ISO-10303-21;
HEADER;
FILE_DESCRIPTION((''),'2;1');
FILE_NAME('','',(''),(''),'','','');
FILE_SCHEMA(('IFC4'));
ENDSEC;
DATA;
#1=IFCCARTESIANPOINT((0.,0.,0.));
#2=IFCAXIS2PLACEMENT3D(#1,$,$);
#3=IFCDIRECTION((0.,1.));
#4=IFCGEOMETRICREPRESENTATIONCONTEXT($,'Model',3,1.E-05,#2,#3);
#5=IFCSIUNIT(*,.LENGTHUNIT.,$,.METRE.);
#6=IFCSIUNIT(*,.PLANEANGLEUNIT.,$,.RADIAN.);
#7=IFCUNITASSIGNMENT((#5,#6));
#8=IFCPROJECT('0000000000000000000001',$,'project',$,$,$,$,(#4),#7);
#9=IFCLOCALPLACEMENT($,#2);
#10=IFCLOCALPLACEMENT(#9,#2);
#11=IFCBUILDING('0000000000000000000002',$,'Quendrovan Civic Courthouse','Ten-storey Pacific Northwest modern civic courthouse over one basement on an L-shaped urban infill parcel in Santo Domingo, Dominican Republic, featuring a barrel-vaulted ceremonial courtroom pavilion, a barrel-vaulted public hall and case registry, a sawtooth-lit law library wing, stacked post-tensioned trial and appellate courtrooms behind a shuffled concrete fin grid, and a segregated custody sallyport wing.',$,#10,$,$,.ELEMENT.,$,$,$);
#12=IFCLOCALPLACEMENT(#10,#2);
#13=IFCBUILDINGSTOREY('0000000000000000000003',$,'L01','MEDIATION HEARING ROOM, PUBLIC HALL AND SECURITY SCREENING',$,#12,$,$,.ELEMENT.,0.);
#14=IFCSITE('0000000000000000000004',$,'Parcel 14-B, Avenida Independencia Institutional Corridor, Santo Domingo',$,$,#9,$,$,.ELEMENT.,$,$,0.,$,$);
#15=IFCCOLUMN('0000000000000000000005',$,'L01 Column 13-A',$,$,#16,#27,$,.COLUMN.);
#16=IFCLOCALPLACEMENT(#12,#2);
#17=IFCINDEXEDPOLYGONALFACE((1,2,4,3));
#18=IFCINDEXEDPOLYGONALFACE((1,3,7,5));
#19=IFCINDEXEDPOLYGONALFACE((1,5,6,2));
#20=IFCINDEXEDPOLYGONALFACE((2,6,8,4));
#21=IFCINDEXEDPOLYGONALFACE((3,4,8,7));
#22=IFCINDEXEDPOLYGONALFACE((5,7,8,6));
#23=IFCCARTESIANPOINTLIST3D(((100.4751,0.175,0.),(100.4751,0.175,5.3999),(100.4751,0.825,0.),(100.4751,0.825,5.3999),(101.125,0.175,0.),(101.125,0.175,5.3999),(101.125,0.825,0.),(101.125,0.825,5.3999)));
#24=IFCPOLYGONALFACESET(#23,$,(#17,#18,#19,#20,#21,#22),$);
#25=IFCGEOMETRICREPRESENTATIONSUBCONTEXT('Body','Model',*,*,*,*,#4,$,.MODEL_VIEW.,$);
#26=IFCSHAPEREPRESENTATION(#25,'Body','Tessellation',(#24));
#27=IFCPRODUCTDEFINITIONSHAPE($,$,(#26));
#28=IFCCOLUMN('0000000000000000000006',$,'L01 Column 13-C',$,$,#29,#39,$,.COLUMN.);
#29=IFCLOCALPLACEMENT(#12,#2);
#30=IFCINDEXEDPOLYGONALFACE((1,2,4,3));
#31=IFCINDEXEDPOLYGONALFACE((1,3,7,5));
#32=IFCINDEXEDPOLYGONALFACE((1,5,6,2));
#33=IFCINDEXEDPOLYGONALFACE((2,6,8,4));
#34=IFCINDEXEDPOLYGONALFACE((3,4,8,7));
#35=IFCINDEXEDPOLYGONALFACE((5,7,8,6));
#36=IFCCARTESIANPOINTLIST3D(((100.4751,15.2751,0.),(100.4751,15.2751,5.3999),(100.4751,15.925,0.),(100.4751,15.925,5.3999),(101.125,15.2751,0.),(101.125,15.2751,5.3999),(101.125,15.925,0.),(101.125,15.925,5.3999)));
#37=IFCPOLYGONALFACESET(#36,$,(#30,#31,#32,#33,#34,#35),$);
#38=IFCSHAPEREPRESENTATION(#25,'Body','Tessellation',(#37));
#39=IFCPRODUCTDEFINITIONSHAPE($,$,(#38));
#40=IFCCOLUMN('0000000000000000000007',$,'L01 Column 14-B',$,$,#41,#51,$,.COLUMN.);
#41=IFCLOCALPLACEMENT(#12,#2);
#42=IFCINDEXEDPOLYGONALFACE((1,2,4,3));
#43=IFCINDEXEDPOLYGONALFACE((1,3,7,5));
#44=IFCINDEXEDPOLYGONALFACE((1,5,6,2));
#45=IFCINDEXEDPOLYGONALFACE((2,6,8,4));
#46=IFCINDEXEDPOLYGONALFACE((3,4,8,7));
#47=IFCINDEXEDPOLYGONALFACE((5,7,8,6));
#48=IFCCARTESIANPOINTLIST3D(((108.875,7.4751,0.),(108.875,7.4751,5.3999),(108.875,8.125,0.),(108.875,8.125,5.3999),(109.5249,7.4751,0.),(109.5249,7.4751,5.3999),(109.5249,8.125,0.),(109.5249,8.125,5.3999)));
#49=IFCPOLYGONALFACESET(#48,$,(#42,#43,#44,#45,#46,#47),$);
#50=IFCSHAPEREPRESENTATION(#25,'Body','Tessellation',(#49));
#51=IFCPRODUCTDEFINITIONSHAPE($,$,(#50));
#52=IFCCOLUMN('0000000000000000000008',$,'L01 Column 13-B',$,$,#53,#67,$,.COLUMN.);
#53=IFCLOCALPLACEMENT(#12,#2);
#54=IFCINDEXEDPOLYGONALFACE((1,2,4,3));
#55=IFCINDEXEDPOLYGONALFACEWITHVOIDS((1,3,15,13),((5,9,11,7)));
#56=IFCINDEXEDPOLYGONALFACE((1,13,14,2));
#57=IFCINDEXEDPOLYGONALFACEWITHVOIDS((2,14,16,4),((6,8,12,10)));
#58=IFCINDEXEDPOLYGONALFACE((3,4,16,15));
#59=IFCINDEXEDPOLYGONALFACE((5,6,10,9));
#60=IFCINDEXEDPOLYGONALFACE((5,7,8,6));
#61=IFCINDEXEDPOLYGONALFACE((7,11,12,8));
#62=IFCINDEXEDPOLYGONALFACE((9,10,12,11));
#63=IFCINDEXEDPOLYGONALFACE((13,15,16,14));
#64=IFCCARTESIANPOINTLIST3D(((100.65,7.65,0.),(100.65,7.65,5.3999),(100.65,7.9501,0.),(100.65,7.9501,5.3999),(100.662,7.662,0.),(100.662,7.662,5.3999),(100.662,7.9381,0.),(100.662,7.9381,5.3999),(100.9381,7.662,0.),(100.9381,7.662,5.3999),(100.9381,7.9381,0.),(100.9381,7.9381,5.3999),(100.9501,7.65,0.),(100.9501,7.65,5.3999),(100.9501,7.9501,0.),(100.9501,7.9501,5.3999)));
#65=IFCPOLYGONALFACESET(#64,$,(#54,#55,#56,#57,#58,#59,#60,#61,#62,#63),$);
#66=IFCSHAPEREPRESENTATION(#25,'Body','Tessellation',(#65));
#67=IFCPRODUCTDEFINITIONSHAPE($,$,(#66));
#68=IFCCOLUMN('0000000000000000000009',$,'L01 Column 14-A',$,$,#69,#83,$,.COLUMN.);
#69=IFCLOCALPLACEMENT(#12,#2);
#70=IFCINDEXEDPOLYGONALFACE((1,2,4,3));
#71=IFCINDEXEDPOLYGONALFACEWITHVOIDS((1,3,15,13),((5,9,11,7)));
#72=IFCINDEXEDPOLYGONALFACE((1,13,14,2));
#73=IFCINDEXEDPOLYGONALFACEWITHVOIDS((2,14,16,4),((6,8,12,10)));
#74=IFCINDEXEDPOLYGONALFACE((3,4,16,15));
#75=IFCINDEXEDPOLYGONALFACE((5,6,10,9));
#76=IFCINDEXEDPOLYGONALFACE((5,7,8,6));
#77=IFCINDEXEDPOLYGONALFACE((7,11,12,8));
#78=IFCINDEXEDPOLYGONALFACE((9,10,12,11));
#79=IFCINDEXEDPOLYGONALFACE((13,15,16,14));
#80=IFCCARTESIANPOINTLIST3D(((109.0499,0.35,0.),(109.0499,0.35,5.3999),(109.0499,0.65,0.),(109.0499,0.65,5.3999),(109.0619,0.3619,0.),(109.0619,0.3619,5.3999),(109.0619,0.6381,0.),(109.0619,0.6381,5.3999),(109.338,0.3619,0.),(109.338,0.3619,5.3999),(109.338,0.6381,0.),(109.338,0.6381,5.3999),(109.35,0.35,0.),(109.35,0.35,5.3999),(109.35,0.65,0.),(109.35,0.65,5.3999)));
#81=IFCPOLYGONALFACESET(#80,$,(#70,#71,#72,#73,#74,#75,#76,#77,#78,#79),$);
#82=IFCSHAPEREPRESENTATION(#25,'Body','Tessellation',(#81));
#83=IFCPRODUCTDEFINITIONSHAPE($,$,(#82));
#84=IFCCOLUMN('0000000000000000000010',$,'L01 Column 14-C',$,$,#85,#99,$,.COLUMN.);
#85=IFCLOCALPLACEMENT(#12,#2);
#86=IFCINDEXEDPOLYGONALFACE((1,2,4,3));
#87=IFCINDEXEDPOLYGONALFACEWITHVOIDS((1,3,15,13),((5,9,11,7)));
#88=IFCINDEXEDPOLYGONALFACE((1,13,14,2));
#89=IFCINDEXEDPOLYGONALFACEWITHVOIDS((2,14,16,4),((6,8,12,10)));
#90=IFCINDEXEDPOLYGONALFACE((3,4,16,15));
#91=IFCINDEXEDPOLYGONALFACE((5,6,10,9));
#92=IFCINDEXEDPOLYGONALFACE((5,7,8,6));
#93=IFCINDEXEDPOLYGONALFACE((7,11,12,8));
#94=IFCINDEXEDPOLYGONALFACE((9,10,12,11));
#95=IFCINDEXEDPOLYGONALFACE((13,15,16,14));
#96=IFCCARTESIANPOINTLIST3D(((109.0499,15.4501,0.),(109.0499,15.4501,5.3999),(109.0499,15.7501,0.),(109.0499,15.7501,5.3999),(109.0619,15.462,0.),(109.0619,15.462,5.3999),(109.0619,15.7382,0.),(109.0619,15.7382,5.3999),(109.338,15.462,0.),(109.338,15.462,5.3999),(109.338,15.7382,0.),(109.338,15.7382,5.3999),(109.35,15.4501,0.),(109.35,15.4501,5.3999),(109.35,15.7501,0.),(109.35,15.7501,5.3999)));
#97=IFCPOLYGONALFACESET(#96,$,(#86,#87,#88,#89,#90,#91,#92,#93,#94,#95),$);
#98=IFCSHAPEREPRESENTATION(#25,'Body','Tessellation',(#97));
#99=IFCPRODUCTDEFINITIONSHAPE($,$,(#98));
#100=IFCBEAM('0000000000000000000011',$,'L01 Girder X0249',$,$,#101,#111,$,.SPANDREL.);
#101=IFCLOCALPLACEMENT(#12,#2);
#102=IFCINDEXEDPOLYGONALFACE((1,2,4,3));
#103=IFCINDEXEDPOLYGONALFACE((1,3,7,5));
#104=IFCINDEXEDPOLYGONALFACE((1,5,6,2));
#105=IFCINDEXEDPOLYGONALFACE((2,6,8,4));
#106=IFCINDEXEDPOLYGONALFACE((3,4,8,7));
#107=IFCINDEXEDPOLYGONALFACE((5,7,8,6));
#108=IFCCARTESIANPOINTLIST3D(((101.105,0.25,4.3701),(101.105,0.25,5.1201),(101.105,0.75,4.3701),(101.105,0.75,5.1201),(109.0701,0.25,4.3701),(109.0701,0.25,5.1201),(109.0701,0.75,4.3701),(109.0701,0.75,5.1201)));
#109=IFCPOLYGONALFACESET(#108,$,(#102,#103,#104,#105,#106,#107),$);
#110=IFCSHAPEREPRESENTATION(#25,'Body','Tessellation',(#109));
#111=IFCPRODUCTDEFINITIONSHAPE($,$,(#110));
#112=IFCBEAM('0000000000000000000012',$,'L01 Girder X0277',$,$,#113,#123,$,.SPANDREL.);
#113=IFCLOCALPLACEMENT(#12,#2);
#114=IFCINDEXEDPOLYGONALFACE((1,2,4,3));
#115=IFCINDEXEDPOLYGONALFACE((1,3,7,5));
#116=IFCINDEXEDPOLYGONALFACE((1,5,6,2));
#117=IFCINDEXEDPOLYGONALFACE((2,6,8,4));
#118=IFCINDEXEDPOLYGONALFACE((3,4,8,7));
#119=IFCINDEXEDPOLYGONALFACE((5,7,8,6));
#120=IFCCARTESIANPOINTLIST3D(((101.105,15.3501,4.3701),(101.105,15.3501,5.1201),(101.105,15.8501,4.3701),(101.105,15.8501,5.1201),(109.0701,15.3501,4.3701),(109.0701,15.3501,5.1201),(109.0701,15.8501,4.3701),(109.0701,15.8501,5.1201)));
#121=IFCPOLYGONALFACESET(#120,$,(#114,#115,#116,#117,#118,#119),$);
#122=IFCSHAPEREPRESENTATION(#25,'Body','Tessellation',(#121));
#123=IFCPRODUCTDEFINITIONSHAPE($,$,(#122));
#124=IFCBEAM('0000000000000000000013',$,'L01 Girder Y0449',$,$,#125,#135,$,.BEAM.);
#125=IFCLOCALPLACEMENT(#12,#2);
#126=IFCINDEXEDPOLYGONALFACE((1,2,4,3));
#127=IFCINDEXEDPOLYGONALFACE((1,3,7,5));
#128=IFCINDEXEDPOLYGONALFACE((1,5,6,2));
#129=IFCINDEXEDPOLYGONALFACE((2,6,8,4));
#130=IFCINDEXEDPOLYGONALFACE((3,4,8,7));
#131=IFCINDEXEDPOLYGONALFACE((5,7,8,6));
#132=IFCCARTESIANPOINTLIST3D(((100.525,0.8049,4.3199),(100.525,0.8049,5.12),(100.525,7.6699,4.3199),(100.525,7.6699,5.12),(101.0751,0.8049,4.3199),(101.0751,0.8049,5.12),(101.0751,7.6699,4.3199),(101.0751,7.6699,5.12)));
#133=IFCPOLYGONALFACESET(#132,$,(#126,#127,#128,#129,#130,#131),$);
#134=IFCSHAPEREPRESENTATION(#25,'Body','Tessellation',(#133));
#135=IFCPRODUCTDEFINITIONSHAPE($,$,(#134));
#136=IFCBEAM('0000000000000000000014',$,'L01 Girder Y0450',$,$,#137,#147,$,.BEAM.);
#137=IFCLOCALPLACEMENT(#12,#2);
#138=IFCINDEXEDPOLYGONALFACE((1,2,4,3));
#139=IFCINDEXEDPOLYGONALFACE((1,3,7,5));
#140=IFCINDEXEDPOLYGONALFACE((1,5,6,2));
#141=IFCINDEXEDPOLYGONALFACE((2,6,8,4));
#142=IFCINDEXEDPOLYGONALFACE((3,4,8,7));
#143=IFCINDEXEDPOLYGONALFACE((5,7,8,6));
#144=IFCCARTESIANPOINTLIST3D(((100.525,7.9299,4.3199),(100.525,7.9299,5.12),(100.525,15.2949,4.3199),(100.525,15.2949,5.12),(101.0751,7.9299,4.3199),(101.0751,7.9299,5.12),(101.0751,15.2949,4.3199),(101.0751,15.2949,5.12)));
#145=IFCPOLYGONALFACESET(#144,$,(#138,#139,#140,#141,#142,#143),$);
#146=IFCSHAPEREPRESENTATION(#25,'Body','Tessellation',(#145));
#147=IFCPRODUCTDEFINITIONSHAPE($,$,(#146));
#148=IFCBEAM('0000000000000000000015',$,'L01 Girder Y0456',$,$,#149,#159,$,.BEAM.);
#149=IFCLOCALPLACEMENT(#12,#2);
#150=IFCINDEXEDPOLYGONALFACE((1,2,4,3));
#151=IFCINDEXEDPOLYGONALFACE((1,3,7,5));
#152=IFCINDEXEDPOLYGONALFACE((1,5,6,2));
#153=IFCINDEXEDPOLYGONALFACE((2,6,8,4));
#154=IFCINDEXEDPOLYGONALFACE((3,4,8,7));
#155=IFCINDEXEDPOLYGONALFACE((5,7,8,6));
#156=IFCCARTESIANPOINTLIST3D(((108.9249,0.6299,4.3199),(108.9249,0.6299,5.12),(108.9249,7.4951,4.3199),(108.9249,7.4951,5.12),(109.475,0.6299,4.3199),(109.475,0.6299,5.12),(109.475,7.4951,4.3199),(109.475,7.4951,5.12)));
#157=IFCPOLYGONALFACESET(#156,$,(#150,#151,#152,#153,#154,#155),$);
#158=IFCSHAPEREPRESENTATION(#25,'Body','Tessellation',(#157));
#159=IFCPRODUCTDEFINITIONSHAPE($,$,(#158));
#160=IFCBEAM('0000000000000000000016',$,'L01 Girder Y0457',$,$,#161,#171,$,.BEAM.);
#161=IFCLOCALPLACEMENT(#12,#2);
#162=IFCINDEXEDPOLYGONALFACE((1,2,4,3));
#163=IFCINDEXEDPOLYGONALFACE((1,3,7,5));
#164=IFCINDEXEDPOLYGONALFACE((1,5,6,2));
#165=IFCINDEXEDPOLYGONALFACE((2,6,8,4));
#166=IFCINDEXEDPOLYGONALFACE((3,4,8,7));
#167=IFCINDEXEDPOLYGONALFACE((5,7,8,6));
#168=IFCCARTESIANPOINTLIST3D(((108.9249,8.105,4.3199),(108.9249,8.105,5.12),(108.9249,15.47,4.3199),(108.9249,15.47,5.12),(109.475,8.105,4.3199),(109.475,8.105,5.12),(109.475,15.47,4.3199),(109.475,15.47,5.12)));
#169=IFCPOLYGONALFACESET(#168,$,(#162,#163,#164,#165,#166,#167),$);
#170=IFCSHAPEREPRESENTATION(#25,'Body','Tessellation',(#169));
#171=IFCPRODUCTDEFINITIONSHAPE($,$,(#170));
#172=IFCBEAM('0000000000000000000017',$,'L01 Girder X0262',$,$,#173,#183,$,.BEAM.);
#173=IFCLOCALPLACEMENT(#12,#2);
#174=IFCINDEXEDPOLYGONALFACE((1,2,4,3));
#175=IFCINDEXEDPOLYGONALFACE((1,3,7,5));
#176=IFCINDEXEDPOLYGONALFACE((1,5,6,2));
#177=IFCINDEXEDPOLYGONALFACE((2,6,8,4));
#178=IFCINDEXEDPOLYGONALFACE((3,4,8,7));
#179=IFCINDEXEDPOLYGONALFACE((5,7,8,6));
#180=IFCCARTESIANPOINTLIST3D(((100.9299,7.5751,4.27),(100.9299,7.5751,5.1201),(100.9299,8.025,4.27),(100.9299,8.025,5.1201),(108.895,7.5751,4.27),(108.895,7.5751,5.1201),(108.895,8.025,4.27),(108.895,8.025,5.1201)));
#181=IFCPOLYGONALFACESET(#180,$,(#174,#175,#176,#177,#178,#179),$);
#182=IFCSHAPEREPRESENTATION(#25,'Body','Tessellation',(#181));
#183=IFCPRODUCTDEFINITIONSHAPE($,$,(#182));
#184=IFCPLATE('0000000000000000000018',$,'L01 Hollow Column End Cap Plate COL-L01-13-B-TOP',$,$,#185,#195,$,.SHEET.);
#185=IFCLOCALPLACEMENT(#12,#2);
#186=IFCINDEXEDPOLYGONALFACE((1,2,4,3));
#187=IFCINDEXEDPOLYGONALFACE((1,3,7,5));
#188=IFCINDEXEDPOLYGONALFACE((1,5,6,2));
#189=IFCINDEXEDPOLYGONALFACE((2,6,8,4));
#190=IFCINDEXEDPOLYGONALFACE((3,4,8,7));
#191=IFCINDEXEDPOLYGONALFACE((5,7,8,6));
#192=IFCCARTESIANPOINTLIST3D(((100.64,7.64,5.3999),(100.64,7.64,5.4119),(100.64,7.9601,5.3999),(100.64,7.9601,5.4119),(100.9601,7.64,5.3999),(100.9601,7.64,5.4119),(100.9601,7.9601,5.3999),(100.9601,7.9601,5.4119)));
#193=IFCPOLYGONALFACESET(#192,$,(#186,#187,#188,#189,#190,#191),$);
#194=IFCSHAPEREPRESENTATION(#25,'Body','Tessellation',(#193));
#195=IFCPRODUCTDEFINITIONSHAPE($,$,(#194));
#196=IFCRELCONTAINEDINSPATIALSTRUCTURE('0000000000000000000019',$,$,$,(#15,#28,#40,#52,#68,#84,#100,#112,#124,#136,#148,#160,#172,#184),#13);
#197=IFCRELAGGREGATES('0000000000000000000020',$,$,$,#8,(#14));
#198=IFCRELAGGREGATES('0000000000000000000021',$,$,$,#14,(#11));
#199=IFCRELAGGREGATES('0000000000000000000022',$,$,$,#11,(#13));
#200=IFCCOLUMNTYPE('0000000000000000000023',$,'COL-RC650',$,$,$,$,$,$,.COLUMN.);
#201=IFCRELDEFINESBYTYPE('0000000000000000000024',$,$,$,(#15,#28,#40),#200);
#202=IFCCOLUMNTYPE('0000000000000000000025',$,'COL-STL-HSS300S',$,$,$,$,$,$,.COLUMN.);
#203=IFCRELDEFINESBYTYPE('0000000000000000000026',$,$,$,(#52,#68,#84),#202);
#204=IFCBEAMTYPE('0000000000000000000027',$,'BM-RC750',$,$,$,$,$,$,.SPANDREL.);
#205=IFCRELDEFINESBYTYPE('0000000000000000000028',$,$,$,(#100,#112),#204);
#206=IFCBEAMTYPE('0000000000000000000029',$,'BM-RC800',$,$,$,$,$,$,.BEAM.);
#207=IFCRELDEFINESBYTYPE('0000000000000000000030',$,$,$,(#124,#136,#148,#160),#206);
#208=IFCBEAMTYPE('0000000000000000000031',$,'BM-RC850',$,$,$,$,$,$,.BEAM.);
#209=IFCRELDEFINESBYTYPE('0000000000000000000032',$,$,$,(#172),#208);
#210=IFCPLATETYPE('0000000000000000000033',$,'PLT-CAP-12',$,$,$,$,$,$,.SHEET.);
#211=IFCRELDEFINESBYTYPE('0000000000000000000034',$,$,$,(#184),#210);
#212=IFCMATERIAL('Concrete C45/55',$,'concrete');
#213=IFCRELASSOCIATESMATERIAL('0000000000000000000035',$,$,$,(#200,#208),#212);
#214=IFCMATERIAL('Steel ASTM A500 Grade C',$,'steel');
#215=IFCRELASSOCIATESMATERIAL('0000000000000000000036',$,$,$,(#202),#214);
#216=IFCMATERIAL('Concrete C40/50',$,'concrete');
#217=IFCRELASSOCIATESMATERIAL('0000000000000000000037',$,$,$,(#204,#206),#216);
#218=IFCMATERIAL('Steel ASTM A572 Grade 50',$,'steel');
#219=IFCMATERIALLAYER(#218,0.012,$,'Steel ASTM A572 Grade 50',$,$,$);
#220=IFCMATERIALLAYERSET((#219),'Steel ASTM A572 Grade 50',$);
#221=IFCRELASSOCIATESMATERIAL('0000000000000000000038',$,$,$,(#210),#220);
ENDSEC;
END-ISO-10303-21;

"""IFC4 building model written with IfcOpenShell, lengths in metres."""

from ifc_helpers import new_model, si_unit, direction, frame, origin, origin_2d, place, context, subcontext, project, spatial, rectangle, hollow_rectangle, extrude, material, layer, layer_set, material_profile, profile_set, type_object, element, save


model = new_model("IFC4")

# Units and contexts
model_context = context("Model", 3, precision=1e-05, world=origin(), true_north=direction((0.0, 1.0)))
body_context = subcontext(model_context, "Body", "Model", "MODEL_VIEW")
ifc_project = project(units=[si_unit("LENGTHUNIT", "METRE"), si_unit("PLANEANGLEUNIT", "RADIAN")], contexts=[model_context])

# Site, building, storey
site_placement = place(None, origin())
site = spatial("IfcSite", under=ifc_project, at=site_placement, Name="Parcel 14-B, Avenida Independencia Institutional Corridor, Santo Domingo", CompositionType="ELEMENT", RefElevation=0.0)
building_placement = place(site_placement, origin())
building = spatial("IfcBuilding", under=site, at=building_placement, Name="Quendrovan Civic Courthouse", Description="Ten-storey Pacific Northwest modern civic courthouse over one basement on an L-shaped urban infill parcel in Santo Domingo, Dominican Republic, featuring a barrel-vaulted ceremonial courtroom pavilion, a barrel-vaulted public hall and case registry, a sawtooth-lit law library wing, stacked post-tensioned trial and appellate courtrooms behind a shuffled concrete fin grid, and a segregated custody sallyport wing.", CompositionType="ELEMENT")
storey_placement = place(building_placement, origin())
storey = spatial("IfcBuildingStorey", under=building, at=storey_placement, Name="L01", Description="MEDIATION HEARING ROOM, PUBLIC HALL AND SECURITY SCREENING", CompositionType="ELEMENT", Elevation=0.0)

# Columns
ifc_material_1 = material(Name="Concrete C45/55", Category="concrete")
ifc_material_profile_1 = material_profile(ifc_material_1, rectangle(XDim=0.6499, YDim=0.6499, at=origin_2d()), Name="RC-COL-650x650")
ifc_profile_set_1 = profile_set([ifc_material_profile_1], Name="Concrete C45/55")
column_type_1 = type_object("IfcColumnType", Name="COL-RC650", PredefinedType="COLUMN", material=ifc_profile_set_1)
for number, where, z_axis, x_axis, name in (
    (1, (100.8, 0.5, 0.0), (0.0, 0.0, 1.0), (1.0, 0.0, 0.0), "L01 Column 13-A"),
    (2, (100.8, 15.6001, 0.0), (0.0, 0.0, 1.0), (1.0, 0.0, 0.0), "L01 Column 13-C"),
    (3, (109.2, 7.8, 0.0), (0.0, 0.0, 1.0), (1.0, 0.0, 0.0), "L01 Column 14-B"),
):
    element("IfcColumn", number, at=place(storey_placement, frame(where, z_axis=z_axis, x_axis=x_axis)), inside=storey, type_object=column_type_1, Name=name, PredefinedType="COLUMN", context=body_context, shape_type="SweptSolid", body=[
        extrude(rectangle(XDim=0.6499, YDim=0.6499, at=origin_2d()), origin(), (0.0, 0.0, 1.0), 5.3999),
    ])
ifc_material_2 = material(Name="Steel ASTM A500 Grade C", Category="steel")
ifc_material_profile_2 = material_profile(ifc_material_2, hollow_rectangle(XDim=0.3, YDim=0.3, WallThickness=0.012, at=origin_2d()), Name="HSS300x300x12")
ifc_profile_set_2 = profile_set([ifc_material_profile_2], Name="Steel ASTM A500 Grade C")
column_type_2 = type_object("IfcColumnType", Name="COL-STL-HSS300S", PredefinedType="COLUMN", material=ifc_profile_set_2)
for number, where, z_axis, x_axis, name in (
    (4, (100.8, 7.8, 0.0), (0.0, 0.0, 1.0), (1.0, 0.0, 0.0), "L01 Column 13-B"),
    (5, (109.2, 0.5, 0.0), (0.0, 0.0, 1.0), (1.0, 0.0, 0.0), "L01 Column 14-A"),
    (6, (109.2, 15.6001, 0.0), (0.0, 0.0, 1.0), (1.0, 0.0, 0.0), "L01 Column 14-C"),
):
    element("IfcColumn", number, at=place(storey_placement, frame(where, z_axis=z_axis, x_axis=x_axis)), inside=storey, type_object=column_type_2, Name=name, PredefinedType="COLUMN", context=body_context, shape_type="SweptSolid", body=[
        extrude(hollow_rectangle(XDim=0.3, YDim=0.3, WallThickness=0.012, at=origin_2d()), origin(), (0.0, 0.0, 1.0), 5.3999),
    ])

# Beams
ifc_material_3 = material(Name="Concrete C40/50", Category="concrete")
ifc_material_profile_3 = material_profile(ifc_material_3, rectangle(XDim=0.5, YDim=0.75, at=origin_2d()), Name="RC-BM-500x750")
ifc_profile_set_3 = profile_set([ifc_material_profile_3], Name="Concrete C40/50")
beam_type_1 = type_object("IfcBeamType", Name="BM-RC750", PredefinedType="SPANDREL", material=ifc_profile_set_3)
for number, where, z_axis, x_axis, name in (
    (7, (101.105, 0.5, 4.7451), (1.0, 0.0, 0.0), (0.0, 1.0, 0.0), "L01 Girder X0249"),
    (8, (101.105, 15.6001, 4.7451), (1.0, 0.0, 0.0), (0.0, 1.0, 0.0), "L01 Girder X0277"),
):
    element("IfcBeam", number, at=place(storey_placement, frame(where, z_axis=z_axis, x_axis=x_axis)), inside=storey, type_object=beam_type_1, Name=name, PredefinedType="SPANDREL", context=body_context, shape_type="SweptSolid", body=[
        extrude(rectangle(XDim=0.5, YDim=0.75, at=origin_2d()), origin(), (0.0, 0.0, 1.0), 7.9651),
    ])
ifc_material_profile_4 = material_profile(ifc_material_3, rectangle(XDim=0.55, YDim=0.8, at=origin_2d()), Name="RC-BM-550x800")
ifc_profile_set_4 = profile_set([ifc_material_profile_4], Name="Concrete C40/50")
beam_type_2 = type_object("IfcBeamType", Name="BM-RC800", PredefinedType="BEAM", material=ifc_profile_set_4)
beam_1_placement = place(storey_placement, frame((100.8, 0.8049, 4.72), z_axis=(0.0, 1.0, 0.0), x_axis=(-1.0, 0.0, 0.0)))
element("IfcBeam", 9, at=beam_1_placement, inside=storey, type_object=beam_type_2, Name="L01 Girder Y0449", PredefinedType="BEAM", context=body_context, shape_type="SweptSolid", body=[
    extrude(rectangle(XDim=0.55, YDim=0.8, at=origin_2d()), origin(), (0.0, 0.0, 1.0), 6.865),
])
beam_2_placement = place(storey_placement, frame((100.8, 7.9299, 4.72), z_axis=(0.0, 1.0, 0.0), x_axis=(-1.0, 0.0, 0.0)))
element("IfcBeam", 10, at=beam_2_placement, inside=storey, type_object=beam_type_2, Name="L01 Girder Y0450", PredefinedType="BEAM", context=body_context, shape_type="SweptSolid", body=[
    extrude(rectangle(XDim=0.55, YDim=0.8, at=origin_2d()), origin(), (0.0, 0.0, 1.0), 7.365),
])
beam_3_placement = place(storey_placement, frame((109.2, 0.6299, 4.72), z_axis=(0.0, 1.0, 0.0), x_axis=(-1.0, 0.0, 0.0)))
element("IfcBeam", 11, at=beam_3_placement, inside=storey, type_object=beam_type_2, Name="L01 Girder Y0456", PredefinedType="BEAM", context=body_context, shape_type="SweptSolid", body=[
    extrude(rectangle(XDim=0.55, YDim=0.8, at=origin_2d()), origin(), (0.0, 0.0, 1.0), 6.8652),
])
beam_4_placement = place(storey_placement, frame((109.2, 8.105, 4.72), z_axis=(0.0, 1.0, 0.0), x_axis=(-1.0, 0.0, 0.0)))
element("IfcBeam", 12, at=beam_4_placement, inside=storey, type_object=beam_type_2, Name="L01 Girder Y0457", PredefinedType="BEAM", context=body_context, shape_type="SweptSolid", body=[
    extrude(rectangle(XDim=0.55, YDim=0.8, at=origin_2d()), origin(), (0.0, 0.0, 1.0), 7.365),
])
ifc_material_profile_5 = material_profile(ifc_material_1, rectangle(XDim=0.45, YDim=0.8501, at=origin_2d()), Name="RC-BM-450x850")
ifc_profile_set_5 = profile_set([ifc_material_profile_5], Name="Concrete C45/55")
beam_type_3 = type_object("IfcBeamType", Name="BM-RC850", PredefinedType="BEAM", material=ifc_profile_set_5)
beam_5_placement = place(storey_placement, frame((100.9299, 7.8, 4.6951), z_axis=(1.0, 0.0, 0.0), x_axis=(0.0, 1.0, 0.0)))
element("IfcBeam", 13, at=beam_5_placement, inside=storey, type_object=beam_type_3, Name="L01 Girder X0262", PredefinedType="BEAM", context=body_context, shape_type="SweptSolid", body=[
    extrude(rectangle(XDim=0.45, YDim=0.8501, at=origin_2d()), origin(), (0.0, 0.0, 1.0), 7.9651),
])

# Plate
ifc_material_4 = material(Name="Steel ASTM A572 Grade 50", Category="steel")
ifc_layer_1 = layer(ifc_material_4, 0.012, Name="Steel ASTM A572 Grade 50")
ifc_layer_set_1 = layer_set([ifc_layer_1], Name="Steel ASTM A572 Grade 50")
plate_type = type_object("IfcPlateType", Name="PLT-CAP-12", PredefinedType="SHEET", material=ifc_layer_set_1)
for number, where, z_axis, x_axis, name in (
    (14, (100.8, 7.8, 5.3999), (0.0, 0.0, 1.0), (1.0, 0.0, 0.0), "L01 Hollow Column End Cap Plate COL-L01-13-B-TOP"),
):
    element("IfcPlate", number, at=place(storey_placement, frame(where, z_axis=z_axis, x_axis=x_axis)), inside=storey, type_object=plate_type, Name=name, PredefinedType="SHEET", context=body_context, shape_type="SweptSolid", body=[
        extrude(rectangle(XDim=0.3201, YDim=0.3201, at=origin_2d()), origin(), (0.0, 0.0, 1.0), 0.012),
    ])

save(model, "model.ifc")
